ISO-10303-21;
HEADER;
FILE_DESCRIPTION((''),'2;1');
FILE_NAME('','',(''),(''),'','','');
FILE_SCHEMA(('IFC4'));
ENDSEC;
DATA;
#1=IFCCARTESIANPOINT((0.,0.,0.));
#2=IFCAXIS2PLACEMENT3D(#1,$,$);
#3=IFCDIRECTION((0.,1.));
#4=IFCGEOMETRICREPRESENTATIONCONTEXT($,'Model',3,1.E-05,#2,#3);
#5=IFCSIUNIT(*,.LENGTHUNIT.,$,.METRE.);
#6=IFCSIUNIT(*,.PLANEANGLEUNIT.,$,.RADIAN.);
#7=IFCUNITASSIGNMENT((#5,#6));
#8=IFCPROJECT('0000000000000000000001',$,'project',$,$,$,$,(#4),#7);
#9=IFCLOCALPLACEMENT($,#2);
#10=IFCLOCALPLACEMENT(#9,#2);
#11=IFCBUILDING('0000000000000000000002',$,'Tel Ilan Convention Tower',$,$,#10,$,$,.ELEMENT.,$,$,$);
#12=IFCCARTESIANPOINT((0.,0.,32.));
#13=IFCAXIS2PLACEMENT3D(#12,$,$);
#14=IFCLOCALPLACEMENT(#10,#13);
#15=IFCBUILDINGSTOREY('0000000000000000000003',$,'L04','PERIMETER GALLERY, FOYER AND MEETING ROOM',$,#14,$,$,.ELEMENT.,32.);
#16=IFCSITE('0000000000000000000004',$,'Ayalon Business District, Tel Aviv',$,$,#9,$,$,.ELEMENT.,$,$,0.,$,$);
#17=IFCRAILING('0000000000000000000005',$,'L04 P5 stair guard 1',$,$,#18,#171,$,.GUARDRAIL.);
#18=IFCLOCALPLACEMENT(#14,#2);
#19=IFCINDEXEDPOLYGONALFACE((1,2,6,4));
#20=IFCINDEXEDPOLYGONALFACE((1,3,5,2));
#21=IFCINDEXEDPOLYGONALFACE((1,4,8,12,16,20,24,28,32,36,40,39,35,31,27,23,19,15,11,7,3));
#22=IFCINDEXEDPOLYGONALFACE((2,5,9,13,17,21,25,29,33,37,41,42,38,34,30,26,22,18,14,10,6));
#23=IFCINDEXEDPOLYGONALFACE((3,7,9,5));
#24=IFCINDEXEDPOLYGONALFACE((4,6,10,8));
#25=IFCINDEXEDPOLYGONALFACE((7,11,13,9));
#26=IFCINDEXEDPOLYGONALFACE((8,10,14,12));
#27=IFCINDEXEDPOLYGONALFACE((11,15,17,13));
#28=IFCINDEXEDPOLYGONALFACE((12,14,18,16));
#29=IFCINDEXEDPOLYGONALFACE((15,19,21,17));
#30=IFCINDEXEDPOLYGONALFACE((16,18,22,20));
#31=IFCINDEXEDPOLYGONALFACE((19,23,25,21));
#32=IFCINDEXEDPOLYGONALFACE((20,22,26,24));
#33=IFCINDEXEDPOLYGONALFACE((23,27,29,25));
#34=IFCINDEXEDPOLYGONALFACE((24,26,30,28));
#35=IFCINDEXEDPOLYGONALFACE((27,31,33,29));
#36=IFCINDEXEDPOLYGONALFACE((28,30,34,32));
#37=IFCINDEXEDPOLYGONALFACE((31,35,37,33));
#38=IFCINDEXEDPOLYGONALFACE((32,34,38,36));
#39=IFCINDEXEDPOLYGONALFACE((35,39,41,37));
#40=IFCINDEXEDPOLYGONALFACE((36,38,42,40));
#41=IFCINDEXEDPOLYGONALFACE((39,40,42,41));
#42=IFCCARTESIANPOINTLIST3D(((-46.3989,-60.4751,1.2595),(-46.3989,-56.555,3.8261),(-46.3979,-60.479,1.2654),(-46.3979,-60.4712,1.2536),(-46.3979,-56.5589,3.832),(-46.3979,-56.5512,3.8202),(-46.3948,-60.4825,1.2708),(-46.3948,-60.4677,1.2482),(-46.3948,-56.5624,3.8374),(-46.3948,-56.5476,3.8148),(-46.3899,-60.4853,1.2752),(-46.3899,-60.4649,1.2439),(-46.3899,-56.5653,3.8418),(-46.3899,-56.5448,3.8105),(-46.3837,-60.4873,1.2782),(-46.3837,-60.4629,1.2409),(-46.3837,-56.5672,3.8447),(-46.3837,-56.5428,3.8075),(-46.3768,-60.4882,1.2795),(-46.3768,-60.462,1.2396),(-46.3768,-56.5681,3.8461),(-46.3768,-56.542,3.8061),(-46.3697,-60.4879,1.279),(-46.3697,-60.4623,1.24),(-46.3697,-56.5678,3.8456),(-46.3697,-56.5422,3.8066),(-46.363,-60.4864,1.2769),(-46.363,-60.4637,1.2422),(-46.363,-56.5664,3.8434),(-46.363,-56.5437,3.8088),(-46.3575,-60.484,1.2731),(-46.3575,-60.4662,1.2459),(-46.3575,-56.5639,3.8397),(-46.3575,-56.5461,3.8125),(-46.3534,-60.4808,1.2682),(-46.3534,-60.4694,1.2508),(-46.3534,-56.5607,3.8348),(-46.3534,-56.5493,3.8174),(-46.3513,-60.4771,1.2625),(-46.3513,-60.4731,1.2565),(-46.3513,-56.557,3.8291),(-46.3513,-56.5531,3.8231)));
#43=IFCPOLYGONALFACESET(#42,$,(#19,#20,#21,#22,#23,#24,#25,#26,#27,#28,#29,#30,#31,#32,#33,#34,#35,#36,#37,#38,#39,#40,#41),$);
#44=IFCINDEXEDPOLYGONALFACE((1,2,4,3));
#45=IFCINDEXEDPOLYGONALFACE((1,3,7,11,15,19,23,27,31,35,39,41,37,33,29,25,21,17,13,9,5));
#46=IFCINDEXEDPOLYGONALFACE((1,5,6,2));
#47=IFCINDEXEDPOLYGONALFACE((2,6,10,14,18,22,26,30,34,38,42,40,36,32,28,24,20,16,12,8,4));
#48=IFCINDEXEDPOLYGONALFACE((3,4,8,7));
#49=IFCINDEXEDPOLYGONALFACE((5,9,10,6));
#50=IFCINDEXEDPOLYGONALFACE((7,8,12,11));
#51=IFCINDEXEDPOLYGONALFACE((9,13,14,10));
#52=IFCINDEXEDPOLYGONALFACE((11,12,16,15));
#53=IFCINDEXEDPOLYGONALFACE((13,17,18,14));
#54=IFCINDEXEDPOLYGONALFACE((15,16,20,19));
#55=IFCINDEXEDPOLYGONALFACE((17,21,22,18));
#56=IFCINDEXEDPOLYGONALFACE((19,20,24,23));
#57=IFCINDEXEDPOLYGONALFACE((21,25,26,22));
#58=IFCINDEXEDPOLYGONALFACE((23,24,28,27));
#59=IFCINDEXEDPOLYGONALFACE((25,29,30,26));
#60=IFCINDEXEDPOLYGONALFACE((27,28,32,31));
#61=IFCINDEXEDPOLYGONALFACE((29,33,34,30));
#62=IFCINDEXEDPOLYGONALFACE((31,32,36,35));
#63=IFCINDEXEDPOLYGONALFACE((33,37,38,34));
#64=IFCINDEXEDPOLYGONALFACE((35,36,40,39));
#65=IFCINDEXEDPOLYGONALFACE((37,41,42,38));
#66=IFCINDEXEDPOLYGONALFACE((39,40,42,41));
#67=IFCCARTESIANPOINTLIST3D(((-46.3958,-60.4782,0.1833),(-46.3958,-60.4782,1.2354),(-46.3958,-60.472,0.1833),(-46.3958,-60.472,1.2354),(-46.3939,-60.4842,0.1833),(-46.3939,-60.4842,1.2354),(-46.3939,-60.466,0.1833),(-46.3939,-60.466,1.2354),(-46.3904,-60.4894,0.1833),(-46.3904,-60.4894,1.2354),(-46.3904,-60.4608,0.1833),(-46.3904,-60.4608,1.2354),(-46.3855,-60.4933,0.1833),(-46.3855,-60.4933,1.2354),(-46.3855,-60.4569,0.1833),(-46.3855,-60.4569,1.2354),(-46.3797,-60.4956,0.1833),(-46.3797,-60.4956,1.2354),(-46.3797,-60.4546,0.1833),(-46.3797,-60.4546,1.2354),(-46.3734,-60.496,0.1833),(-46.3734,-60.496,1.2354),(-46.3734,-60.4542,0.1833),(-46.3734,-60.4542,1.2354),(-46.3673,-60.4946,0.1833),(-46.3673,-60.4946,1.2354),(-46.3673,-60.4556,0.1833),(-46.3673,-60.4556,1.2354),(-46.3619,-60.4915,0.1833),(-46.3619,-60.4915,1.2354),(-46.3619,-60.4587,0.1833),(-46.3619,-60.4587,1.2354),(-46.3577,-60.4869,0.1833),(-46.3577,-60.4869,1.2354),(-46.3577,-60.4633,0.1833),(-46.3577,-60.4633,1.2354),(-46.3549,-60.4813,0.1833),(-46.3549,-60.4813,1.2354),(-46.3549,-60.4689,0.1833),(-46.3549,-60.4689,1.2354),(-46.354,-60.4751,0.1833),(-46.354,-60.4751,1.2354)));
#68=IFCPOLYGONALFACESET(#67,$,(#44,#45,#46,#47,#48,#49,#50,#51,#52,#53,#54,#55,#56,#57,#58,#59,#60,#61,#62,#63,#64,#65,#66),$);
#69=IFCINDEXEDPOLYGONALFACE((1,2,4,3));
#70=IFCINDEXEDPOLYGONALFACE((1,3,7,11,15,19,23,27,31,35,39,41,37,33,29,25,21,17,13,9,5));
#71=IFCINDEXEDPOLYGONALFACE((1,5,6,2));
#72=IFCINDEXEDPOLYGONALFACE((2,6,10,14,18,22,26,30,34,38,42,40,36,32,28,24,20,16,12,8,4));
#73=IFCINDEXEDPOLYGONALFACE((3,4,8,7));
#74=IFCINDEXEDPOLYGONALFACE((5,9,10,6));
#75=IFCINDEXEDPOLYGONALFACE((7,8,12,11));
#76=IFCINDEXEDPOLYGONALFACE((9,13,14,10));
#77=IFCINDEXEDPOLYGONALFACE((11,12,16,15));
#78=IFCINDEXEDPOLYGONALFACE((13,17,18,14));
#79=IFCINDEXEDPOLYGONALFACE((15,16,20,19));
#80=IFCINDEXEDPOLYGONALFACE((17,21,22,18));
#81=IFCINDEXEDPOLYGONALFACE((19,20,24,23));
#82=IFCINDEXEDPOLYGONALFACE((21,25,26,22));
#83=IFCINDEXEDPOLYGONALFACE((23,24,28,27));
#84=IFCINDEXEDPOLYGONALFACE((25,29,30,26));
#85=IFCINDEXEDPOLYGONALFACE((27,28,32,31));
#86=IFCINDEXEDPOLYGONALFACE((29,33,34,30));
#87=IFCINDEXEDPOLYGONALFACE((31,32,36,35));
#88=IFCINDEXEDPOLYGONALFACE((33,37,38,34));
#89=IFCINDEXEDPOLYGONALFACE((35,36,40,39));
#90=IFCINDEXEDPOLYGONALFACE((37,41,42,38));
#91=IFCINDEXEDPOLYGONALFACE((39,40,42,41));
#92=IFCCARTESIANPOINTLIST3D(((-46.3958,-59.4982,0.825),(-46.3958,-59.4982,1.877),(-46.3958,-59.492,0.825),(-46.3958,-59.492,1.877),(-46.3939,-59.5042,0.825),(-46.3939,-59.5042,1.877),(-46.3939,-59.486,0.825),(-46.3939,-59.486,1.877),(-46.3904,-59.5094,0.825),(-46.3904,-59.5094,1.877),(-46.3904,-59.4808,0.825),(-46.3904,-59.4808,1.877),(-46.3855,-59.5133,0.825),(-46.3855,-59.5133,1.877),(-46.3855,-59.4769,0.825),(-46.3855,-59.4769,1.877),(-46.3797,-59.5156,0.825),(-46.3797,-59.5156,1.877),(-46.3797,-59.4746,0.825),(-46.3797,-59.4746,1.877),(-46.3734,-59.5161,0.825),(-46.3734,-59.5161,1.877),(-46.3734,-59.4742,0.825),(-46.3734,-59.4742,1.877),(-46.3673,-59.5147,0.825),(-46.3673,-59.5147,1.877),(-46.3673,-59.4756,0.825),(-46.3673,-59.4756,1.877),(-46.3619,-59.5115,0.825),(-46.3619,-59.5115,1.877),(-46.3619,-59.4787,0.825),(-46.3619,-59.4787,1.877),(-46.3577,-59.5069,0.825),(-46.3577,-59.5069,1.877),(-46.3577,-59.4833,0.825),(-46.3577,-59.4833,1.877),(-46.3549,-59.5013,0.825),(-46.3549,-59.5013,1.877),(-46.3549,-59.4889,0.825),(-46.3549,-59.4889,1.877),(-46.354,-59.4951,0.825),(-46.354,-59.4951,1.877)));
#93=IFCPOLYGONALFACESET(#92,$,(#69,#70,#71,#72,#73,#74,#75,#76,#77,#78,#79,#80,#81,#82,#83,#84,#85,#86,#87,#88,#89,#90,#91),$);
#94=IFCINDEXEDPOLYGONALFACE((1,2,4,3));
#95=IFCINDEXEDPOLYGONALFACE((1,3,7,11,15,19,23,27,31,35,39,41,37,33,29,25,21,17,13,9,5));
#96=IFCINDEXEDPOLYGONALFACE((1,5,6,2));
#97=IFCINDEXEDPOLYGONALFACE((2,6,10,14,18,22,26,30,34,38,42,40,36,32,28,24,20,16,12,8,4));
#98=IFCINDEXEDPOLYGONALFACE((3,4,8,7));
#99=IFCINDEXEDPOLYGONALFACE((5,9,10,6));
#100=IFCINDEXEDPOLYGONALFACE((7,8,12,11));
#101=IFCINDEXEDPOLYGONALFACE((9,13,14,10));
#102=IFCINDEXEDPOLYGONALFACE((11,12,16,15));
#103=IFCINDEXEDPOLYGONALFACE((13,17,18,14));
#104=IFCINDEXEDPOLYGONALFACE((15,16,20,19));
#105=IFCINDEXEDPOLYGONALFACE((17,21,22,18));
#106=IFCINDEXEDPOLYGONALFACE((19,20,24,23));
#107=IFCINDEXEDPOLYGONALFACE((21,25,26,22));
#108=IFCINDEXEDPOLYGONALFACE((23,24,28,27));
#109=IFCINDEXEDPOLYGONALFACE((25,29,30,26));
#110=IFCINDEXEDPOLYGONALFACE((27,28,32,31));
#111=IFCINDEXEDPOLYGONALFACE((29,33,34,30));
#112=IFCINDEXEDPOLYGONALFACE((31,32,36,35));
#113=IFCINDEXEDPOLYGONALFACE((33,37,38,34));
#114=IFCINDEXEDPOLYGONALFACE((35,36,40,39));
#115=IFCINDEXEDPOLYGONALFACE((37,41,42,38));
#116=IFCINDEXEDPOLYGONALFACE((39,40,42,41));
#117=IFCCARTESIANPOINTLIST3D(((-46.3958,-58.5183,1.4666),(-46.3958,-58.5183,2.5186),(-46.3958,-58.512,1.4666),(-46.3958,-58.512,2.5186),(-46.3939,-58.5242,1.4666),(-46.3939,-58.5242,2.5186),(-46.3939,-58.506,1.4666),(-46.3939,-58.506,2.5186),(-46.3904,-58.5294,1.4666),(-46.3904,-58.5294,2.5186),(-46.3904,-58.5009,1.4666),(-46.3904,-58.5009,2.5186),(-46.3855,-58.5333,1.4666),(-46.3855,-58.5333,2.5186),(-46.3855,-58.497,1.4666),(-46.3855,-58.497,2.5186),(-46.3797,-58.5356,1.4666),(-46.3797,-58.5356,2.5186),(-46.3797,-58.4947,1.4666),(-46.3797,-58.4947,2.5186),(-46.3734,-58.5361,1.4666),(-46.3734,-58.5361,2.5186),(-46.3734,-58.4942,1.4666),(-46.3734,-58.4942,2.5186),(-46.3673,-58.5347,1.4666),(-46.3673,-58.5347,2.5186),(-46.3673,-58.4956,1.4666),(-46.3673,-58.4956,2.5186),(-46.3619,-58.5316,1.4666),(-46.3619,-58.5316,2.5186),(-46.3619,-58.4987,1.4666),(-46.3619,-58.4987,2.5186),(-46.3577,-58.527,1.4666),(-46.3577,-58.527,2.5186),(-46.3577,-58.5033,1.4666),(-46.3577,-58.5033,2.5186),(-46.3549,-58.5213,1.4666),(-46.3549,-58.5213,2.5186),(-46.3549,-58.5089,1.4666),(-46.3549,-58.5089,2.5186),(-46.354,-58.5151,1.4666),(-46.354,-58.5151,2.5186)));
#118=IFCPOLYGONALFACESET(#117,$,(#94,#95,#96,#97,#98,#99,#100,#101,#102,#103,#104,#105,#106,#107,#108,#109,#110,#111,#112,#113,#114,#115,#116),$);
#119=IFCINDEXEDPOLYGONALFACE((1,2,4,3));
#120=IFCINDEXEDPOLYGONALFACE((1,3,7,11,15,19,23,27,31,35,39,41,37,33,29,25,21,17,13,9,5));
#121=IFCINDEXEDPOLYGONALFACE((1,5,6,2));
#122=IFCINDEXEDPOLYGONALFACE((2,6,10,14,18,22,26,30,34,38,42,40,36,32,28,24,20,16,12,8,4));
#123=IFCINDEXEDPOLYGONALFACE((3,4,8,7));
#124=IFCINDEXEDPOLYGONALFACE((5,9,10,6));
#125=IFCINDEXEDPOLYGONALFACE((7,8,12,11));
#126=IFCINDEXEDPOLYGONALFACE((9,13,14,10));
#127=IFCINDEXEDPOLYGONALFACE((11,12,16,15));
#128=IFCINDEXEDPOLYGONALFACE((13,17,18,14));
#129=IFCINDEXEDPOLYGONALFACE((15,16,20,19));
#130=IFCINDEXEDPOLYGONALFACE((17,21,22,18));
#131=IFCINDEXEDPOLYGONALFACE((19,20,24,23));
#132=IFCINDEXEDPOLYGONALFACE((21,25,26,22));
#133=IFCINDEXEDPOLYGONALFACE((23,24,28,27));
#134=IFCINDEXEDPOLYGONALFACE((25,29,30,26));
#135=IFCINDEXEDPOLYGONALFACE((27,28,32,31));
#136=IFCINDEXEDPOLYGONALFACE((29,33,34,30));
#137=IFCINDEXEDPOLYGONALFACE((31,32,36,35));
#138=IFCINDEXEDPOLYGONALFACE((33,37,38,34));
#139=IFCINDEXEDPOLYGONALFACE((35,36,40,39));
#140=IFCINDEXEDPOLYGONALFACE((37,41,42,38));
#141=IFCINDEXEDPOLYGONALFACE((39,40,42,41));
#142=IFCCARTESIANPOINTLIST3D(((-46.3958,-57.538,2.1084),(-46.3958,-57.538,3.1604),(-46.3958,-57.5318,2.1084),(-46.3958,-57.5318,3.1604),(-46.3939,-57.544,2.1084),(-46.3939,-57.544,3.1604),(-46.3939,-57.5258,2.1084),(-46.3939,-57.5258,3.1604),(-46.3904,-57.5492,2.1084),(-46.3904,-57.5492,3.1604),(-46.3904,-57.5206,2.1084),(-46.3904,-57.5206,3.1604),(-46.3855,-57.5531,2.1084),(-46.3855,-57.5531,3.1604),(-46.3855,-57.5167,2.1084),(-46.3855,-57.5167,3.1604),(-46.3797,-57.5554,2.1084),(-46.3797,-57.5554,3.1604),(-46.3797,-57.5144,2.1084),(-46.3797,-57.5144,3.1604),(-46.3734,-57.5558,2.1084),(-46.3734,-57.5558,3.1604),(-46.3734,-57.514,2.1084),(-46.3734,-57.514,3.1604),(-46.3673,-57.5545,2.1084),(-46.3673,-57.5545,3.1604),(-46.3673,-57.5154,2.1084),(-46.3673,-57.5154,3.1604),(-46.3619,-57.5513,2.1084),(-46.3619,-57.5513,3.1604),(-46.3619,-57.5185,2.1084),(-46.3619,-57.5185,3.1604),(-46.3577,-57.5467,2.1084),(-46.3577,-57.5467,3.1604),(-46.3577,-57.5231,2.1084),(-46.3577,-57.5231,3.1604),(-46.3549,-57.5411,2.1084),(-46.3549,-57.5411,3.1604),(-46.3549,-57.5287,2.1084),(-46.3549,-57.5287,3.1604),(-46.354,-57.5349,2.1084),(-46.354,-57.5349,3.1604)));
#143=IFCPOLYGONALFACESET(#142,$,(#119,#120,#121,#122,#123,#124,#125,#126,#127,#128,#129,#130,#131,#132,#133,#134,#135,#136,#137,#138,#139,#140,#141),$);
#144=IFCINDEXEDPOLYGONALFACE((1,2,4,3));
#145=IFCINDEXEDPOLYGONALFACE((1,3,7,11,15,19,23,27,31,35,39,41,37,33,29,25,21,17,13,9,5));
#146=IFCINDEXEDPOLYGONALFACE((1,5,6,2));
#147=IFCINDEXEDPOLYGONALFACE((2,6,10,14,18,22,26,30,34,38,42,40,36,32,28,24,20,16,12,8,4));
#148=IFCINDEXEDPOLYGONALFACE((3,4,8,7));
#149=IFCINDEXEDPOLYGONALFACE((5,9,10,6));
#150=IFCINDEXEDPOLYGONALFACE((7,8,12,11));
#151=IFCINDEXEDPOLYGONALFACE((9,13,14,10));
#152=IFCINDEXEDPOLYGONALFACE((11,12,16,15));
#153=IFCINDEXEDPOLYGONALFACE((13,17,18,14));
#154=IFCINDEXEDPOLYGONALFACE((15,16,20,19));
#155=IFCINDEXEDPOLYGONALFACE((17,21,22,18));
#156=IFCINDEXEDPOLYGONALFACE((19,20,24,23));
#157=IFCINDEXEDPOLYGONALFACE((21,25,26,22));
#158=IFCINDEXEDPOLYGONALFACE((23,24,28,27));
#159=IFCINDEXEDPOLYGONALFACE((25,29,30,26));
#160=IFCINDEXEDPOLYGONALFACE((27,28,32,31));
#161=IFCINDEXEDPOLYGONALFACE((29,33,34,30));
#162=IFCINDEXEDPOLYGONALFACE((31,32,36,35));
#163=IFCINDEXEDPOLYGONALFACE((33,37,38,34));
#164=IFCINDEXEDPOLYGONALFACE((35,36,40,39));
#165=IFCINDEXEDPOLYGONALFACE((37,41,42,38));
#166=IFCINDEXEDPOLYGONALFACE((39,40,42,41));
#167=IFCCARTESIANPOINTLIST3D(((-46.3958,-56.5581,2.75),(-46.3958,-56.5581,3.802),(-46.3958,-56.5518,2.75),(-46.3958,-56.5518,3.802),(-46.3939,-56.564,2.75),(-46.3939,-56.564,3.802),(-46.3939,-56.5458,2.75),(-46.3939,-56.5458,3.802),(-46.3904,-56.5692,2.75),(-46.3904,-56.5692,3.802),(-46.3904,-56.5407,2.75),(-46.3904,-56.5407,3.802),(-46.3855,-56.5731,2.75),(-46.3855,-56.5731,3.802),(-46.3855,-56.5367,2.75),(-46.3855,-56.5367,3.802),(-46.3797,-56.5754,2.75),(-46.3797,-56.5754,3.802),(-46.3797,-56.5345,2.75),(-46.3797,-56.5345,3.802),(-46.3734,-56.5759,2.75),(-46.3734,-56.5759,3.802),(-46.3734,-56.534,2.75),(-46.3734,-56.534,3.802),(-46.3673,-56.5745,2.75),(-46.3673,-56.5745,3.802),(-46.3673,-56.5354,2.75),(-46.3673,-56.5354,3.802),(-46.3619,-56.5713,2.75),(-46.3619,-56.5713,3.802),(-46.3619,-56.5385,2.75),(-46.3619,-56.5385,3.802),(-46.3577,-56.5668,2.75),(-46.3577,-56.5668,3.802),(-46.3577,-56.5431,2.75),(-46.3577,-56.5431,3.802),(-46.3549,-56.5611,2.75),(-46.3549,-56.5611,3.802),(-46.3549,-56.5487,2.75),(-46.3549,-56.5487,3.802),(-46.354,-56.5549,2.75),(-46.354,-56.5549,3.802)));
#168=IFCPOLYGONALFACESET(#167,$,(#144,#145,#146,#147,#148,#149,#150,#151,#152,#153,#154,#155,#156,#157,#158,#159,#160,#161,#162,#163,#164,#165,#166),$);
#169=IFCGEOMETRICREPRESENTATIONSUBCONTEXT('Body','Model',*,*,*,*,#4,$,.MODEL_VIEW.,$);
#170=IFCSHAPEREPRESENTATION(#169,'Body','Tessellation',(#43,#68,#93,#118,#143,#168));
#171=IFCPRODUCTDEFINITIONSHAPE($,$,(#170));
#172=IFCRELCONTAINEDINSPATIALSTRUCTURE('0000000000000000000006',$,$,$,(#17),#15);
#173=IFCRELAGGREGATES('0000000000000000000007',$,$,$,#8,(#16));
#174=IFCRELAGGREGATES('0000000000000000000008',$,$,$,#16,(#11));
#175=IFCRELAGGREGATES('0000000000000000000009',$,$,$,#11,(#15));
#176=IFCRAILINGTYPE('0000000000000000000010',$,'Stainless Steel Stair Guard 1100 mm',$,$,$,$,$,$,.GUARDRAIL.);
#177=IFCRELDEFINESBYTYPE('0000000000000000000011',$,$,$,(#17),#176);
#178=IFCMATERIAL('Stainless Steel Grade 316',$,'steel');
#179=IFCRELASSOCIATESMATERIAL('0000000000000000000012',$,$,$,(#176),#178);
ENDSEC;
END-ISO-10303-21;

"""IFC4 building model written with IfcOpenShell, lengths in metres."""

from ifc_helpers import new_model, si_unit, direction, frame, origin, origin_2d, place, context, subcontext, project, spatial, circle, extrude, material, type_object, element, save


model = new_model("IFC4")

# Units and contexts
model_context = context("Model", 3, precision=1e-05, world=origin(), true_north=direction((0.0, 1.0)))
body_context = subcontext(model_context, "Body", "Model", "MODEL_VIEW")
ifc_project = project(units=[si_unit("LENGTHUNIT", "METRE"), si_unit("PLANEANGLEUNIT", "RADIAN")], contexts=[model_context])

# Site, building, storey
site_placement = place(None, origin())
site = spatial("IfcSite", under=ifc_project, at=site_placement, Name="Ayalon Business District, Tel Aviv", CompositionType="ELEMENT", RefElevation=0.0)
building_placement = place(site_placement, origin())
building = spatial("IfcBuilding", under=site, at=building_placement, Name="Tel Ilan Convention Tower", CompositionType="ELEMENT")
storey_placement = place(building_placement, frame((0.0, 0.0, 32.0)))
storey = spatial("IfcBuildingStorey", under=building, at=storey_placement, Name="L04", Description="PERIMETER GALLERY, FOYER AND MEETING ROOM", CompositionType="ELEMENT", Elevation=32.0)

# Railing
ifc_material_1 = material(Name="Stainless Steel Grade 316", Category="steel")
railing_type_1 = type_object("IfcRailingType", Name="Stainless Steel Stair Guard 1100 mm", PredefinedType="GUARDRAIL", material=ifc_material_1)
railing_1_placement = place(storey_placement, frame((-46.375, -60.4751, 0.1833)))
element("IfcRailing", 1, at=railing_1_placement, inside=storey, type_object=railing_type_1, Name="L04 P5 stair guard 1", PredefinedType="GUARDRAIL", context=body_context, shape_type="SweptSolid", body=[
    extrude(circle(Radius=0.0239, at=origin_2d()), frame((0.0, 0.0, 1.0762), z_axis=(0.0, 0.836631, 0.547767), x_axis=(-1.0, 0.0, 0.0)), (0.0, 0.0, 1.0), 4.6855),
    extrude(circle(Radius=0.021, at=origin_2d()), origin(), (0.0, 0.0, 1.0), 1.052),
    extrude(circle(Radius=0.021, at=origin_2d()), frame((0.0, 0.98, 0.6416)), (0.0, 0.0, 1.0), 1.052),
    extrude(circle(Radius=0.021, at=origin_2d()), frame((0.0, 1.96, 1.2832)), (0.0, 0.0, 1.0), 1.052),
    extrude(circle(Radius=0.021, at=origin_2d()), frame((0.0, 2.9402, 1.925)), (0.0, 0.0, 1.0), 1.052),
    extrude(circle(Radius=0.021, at=origin_2d()), frame((0.0, 3.9202, 2.5667)), (0.0, 0.0, 1.0), 1.052),
])

save(model, "model.ifc")
